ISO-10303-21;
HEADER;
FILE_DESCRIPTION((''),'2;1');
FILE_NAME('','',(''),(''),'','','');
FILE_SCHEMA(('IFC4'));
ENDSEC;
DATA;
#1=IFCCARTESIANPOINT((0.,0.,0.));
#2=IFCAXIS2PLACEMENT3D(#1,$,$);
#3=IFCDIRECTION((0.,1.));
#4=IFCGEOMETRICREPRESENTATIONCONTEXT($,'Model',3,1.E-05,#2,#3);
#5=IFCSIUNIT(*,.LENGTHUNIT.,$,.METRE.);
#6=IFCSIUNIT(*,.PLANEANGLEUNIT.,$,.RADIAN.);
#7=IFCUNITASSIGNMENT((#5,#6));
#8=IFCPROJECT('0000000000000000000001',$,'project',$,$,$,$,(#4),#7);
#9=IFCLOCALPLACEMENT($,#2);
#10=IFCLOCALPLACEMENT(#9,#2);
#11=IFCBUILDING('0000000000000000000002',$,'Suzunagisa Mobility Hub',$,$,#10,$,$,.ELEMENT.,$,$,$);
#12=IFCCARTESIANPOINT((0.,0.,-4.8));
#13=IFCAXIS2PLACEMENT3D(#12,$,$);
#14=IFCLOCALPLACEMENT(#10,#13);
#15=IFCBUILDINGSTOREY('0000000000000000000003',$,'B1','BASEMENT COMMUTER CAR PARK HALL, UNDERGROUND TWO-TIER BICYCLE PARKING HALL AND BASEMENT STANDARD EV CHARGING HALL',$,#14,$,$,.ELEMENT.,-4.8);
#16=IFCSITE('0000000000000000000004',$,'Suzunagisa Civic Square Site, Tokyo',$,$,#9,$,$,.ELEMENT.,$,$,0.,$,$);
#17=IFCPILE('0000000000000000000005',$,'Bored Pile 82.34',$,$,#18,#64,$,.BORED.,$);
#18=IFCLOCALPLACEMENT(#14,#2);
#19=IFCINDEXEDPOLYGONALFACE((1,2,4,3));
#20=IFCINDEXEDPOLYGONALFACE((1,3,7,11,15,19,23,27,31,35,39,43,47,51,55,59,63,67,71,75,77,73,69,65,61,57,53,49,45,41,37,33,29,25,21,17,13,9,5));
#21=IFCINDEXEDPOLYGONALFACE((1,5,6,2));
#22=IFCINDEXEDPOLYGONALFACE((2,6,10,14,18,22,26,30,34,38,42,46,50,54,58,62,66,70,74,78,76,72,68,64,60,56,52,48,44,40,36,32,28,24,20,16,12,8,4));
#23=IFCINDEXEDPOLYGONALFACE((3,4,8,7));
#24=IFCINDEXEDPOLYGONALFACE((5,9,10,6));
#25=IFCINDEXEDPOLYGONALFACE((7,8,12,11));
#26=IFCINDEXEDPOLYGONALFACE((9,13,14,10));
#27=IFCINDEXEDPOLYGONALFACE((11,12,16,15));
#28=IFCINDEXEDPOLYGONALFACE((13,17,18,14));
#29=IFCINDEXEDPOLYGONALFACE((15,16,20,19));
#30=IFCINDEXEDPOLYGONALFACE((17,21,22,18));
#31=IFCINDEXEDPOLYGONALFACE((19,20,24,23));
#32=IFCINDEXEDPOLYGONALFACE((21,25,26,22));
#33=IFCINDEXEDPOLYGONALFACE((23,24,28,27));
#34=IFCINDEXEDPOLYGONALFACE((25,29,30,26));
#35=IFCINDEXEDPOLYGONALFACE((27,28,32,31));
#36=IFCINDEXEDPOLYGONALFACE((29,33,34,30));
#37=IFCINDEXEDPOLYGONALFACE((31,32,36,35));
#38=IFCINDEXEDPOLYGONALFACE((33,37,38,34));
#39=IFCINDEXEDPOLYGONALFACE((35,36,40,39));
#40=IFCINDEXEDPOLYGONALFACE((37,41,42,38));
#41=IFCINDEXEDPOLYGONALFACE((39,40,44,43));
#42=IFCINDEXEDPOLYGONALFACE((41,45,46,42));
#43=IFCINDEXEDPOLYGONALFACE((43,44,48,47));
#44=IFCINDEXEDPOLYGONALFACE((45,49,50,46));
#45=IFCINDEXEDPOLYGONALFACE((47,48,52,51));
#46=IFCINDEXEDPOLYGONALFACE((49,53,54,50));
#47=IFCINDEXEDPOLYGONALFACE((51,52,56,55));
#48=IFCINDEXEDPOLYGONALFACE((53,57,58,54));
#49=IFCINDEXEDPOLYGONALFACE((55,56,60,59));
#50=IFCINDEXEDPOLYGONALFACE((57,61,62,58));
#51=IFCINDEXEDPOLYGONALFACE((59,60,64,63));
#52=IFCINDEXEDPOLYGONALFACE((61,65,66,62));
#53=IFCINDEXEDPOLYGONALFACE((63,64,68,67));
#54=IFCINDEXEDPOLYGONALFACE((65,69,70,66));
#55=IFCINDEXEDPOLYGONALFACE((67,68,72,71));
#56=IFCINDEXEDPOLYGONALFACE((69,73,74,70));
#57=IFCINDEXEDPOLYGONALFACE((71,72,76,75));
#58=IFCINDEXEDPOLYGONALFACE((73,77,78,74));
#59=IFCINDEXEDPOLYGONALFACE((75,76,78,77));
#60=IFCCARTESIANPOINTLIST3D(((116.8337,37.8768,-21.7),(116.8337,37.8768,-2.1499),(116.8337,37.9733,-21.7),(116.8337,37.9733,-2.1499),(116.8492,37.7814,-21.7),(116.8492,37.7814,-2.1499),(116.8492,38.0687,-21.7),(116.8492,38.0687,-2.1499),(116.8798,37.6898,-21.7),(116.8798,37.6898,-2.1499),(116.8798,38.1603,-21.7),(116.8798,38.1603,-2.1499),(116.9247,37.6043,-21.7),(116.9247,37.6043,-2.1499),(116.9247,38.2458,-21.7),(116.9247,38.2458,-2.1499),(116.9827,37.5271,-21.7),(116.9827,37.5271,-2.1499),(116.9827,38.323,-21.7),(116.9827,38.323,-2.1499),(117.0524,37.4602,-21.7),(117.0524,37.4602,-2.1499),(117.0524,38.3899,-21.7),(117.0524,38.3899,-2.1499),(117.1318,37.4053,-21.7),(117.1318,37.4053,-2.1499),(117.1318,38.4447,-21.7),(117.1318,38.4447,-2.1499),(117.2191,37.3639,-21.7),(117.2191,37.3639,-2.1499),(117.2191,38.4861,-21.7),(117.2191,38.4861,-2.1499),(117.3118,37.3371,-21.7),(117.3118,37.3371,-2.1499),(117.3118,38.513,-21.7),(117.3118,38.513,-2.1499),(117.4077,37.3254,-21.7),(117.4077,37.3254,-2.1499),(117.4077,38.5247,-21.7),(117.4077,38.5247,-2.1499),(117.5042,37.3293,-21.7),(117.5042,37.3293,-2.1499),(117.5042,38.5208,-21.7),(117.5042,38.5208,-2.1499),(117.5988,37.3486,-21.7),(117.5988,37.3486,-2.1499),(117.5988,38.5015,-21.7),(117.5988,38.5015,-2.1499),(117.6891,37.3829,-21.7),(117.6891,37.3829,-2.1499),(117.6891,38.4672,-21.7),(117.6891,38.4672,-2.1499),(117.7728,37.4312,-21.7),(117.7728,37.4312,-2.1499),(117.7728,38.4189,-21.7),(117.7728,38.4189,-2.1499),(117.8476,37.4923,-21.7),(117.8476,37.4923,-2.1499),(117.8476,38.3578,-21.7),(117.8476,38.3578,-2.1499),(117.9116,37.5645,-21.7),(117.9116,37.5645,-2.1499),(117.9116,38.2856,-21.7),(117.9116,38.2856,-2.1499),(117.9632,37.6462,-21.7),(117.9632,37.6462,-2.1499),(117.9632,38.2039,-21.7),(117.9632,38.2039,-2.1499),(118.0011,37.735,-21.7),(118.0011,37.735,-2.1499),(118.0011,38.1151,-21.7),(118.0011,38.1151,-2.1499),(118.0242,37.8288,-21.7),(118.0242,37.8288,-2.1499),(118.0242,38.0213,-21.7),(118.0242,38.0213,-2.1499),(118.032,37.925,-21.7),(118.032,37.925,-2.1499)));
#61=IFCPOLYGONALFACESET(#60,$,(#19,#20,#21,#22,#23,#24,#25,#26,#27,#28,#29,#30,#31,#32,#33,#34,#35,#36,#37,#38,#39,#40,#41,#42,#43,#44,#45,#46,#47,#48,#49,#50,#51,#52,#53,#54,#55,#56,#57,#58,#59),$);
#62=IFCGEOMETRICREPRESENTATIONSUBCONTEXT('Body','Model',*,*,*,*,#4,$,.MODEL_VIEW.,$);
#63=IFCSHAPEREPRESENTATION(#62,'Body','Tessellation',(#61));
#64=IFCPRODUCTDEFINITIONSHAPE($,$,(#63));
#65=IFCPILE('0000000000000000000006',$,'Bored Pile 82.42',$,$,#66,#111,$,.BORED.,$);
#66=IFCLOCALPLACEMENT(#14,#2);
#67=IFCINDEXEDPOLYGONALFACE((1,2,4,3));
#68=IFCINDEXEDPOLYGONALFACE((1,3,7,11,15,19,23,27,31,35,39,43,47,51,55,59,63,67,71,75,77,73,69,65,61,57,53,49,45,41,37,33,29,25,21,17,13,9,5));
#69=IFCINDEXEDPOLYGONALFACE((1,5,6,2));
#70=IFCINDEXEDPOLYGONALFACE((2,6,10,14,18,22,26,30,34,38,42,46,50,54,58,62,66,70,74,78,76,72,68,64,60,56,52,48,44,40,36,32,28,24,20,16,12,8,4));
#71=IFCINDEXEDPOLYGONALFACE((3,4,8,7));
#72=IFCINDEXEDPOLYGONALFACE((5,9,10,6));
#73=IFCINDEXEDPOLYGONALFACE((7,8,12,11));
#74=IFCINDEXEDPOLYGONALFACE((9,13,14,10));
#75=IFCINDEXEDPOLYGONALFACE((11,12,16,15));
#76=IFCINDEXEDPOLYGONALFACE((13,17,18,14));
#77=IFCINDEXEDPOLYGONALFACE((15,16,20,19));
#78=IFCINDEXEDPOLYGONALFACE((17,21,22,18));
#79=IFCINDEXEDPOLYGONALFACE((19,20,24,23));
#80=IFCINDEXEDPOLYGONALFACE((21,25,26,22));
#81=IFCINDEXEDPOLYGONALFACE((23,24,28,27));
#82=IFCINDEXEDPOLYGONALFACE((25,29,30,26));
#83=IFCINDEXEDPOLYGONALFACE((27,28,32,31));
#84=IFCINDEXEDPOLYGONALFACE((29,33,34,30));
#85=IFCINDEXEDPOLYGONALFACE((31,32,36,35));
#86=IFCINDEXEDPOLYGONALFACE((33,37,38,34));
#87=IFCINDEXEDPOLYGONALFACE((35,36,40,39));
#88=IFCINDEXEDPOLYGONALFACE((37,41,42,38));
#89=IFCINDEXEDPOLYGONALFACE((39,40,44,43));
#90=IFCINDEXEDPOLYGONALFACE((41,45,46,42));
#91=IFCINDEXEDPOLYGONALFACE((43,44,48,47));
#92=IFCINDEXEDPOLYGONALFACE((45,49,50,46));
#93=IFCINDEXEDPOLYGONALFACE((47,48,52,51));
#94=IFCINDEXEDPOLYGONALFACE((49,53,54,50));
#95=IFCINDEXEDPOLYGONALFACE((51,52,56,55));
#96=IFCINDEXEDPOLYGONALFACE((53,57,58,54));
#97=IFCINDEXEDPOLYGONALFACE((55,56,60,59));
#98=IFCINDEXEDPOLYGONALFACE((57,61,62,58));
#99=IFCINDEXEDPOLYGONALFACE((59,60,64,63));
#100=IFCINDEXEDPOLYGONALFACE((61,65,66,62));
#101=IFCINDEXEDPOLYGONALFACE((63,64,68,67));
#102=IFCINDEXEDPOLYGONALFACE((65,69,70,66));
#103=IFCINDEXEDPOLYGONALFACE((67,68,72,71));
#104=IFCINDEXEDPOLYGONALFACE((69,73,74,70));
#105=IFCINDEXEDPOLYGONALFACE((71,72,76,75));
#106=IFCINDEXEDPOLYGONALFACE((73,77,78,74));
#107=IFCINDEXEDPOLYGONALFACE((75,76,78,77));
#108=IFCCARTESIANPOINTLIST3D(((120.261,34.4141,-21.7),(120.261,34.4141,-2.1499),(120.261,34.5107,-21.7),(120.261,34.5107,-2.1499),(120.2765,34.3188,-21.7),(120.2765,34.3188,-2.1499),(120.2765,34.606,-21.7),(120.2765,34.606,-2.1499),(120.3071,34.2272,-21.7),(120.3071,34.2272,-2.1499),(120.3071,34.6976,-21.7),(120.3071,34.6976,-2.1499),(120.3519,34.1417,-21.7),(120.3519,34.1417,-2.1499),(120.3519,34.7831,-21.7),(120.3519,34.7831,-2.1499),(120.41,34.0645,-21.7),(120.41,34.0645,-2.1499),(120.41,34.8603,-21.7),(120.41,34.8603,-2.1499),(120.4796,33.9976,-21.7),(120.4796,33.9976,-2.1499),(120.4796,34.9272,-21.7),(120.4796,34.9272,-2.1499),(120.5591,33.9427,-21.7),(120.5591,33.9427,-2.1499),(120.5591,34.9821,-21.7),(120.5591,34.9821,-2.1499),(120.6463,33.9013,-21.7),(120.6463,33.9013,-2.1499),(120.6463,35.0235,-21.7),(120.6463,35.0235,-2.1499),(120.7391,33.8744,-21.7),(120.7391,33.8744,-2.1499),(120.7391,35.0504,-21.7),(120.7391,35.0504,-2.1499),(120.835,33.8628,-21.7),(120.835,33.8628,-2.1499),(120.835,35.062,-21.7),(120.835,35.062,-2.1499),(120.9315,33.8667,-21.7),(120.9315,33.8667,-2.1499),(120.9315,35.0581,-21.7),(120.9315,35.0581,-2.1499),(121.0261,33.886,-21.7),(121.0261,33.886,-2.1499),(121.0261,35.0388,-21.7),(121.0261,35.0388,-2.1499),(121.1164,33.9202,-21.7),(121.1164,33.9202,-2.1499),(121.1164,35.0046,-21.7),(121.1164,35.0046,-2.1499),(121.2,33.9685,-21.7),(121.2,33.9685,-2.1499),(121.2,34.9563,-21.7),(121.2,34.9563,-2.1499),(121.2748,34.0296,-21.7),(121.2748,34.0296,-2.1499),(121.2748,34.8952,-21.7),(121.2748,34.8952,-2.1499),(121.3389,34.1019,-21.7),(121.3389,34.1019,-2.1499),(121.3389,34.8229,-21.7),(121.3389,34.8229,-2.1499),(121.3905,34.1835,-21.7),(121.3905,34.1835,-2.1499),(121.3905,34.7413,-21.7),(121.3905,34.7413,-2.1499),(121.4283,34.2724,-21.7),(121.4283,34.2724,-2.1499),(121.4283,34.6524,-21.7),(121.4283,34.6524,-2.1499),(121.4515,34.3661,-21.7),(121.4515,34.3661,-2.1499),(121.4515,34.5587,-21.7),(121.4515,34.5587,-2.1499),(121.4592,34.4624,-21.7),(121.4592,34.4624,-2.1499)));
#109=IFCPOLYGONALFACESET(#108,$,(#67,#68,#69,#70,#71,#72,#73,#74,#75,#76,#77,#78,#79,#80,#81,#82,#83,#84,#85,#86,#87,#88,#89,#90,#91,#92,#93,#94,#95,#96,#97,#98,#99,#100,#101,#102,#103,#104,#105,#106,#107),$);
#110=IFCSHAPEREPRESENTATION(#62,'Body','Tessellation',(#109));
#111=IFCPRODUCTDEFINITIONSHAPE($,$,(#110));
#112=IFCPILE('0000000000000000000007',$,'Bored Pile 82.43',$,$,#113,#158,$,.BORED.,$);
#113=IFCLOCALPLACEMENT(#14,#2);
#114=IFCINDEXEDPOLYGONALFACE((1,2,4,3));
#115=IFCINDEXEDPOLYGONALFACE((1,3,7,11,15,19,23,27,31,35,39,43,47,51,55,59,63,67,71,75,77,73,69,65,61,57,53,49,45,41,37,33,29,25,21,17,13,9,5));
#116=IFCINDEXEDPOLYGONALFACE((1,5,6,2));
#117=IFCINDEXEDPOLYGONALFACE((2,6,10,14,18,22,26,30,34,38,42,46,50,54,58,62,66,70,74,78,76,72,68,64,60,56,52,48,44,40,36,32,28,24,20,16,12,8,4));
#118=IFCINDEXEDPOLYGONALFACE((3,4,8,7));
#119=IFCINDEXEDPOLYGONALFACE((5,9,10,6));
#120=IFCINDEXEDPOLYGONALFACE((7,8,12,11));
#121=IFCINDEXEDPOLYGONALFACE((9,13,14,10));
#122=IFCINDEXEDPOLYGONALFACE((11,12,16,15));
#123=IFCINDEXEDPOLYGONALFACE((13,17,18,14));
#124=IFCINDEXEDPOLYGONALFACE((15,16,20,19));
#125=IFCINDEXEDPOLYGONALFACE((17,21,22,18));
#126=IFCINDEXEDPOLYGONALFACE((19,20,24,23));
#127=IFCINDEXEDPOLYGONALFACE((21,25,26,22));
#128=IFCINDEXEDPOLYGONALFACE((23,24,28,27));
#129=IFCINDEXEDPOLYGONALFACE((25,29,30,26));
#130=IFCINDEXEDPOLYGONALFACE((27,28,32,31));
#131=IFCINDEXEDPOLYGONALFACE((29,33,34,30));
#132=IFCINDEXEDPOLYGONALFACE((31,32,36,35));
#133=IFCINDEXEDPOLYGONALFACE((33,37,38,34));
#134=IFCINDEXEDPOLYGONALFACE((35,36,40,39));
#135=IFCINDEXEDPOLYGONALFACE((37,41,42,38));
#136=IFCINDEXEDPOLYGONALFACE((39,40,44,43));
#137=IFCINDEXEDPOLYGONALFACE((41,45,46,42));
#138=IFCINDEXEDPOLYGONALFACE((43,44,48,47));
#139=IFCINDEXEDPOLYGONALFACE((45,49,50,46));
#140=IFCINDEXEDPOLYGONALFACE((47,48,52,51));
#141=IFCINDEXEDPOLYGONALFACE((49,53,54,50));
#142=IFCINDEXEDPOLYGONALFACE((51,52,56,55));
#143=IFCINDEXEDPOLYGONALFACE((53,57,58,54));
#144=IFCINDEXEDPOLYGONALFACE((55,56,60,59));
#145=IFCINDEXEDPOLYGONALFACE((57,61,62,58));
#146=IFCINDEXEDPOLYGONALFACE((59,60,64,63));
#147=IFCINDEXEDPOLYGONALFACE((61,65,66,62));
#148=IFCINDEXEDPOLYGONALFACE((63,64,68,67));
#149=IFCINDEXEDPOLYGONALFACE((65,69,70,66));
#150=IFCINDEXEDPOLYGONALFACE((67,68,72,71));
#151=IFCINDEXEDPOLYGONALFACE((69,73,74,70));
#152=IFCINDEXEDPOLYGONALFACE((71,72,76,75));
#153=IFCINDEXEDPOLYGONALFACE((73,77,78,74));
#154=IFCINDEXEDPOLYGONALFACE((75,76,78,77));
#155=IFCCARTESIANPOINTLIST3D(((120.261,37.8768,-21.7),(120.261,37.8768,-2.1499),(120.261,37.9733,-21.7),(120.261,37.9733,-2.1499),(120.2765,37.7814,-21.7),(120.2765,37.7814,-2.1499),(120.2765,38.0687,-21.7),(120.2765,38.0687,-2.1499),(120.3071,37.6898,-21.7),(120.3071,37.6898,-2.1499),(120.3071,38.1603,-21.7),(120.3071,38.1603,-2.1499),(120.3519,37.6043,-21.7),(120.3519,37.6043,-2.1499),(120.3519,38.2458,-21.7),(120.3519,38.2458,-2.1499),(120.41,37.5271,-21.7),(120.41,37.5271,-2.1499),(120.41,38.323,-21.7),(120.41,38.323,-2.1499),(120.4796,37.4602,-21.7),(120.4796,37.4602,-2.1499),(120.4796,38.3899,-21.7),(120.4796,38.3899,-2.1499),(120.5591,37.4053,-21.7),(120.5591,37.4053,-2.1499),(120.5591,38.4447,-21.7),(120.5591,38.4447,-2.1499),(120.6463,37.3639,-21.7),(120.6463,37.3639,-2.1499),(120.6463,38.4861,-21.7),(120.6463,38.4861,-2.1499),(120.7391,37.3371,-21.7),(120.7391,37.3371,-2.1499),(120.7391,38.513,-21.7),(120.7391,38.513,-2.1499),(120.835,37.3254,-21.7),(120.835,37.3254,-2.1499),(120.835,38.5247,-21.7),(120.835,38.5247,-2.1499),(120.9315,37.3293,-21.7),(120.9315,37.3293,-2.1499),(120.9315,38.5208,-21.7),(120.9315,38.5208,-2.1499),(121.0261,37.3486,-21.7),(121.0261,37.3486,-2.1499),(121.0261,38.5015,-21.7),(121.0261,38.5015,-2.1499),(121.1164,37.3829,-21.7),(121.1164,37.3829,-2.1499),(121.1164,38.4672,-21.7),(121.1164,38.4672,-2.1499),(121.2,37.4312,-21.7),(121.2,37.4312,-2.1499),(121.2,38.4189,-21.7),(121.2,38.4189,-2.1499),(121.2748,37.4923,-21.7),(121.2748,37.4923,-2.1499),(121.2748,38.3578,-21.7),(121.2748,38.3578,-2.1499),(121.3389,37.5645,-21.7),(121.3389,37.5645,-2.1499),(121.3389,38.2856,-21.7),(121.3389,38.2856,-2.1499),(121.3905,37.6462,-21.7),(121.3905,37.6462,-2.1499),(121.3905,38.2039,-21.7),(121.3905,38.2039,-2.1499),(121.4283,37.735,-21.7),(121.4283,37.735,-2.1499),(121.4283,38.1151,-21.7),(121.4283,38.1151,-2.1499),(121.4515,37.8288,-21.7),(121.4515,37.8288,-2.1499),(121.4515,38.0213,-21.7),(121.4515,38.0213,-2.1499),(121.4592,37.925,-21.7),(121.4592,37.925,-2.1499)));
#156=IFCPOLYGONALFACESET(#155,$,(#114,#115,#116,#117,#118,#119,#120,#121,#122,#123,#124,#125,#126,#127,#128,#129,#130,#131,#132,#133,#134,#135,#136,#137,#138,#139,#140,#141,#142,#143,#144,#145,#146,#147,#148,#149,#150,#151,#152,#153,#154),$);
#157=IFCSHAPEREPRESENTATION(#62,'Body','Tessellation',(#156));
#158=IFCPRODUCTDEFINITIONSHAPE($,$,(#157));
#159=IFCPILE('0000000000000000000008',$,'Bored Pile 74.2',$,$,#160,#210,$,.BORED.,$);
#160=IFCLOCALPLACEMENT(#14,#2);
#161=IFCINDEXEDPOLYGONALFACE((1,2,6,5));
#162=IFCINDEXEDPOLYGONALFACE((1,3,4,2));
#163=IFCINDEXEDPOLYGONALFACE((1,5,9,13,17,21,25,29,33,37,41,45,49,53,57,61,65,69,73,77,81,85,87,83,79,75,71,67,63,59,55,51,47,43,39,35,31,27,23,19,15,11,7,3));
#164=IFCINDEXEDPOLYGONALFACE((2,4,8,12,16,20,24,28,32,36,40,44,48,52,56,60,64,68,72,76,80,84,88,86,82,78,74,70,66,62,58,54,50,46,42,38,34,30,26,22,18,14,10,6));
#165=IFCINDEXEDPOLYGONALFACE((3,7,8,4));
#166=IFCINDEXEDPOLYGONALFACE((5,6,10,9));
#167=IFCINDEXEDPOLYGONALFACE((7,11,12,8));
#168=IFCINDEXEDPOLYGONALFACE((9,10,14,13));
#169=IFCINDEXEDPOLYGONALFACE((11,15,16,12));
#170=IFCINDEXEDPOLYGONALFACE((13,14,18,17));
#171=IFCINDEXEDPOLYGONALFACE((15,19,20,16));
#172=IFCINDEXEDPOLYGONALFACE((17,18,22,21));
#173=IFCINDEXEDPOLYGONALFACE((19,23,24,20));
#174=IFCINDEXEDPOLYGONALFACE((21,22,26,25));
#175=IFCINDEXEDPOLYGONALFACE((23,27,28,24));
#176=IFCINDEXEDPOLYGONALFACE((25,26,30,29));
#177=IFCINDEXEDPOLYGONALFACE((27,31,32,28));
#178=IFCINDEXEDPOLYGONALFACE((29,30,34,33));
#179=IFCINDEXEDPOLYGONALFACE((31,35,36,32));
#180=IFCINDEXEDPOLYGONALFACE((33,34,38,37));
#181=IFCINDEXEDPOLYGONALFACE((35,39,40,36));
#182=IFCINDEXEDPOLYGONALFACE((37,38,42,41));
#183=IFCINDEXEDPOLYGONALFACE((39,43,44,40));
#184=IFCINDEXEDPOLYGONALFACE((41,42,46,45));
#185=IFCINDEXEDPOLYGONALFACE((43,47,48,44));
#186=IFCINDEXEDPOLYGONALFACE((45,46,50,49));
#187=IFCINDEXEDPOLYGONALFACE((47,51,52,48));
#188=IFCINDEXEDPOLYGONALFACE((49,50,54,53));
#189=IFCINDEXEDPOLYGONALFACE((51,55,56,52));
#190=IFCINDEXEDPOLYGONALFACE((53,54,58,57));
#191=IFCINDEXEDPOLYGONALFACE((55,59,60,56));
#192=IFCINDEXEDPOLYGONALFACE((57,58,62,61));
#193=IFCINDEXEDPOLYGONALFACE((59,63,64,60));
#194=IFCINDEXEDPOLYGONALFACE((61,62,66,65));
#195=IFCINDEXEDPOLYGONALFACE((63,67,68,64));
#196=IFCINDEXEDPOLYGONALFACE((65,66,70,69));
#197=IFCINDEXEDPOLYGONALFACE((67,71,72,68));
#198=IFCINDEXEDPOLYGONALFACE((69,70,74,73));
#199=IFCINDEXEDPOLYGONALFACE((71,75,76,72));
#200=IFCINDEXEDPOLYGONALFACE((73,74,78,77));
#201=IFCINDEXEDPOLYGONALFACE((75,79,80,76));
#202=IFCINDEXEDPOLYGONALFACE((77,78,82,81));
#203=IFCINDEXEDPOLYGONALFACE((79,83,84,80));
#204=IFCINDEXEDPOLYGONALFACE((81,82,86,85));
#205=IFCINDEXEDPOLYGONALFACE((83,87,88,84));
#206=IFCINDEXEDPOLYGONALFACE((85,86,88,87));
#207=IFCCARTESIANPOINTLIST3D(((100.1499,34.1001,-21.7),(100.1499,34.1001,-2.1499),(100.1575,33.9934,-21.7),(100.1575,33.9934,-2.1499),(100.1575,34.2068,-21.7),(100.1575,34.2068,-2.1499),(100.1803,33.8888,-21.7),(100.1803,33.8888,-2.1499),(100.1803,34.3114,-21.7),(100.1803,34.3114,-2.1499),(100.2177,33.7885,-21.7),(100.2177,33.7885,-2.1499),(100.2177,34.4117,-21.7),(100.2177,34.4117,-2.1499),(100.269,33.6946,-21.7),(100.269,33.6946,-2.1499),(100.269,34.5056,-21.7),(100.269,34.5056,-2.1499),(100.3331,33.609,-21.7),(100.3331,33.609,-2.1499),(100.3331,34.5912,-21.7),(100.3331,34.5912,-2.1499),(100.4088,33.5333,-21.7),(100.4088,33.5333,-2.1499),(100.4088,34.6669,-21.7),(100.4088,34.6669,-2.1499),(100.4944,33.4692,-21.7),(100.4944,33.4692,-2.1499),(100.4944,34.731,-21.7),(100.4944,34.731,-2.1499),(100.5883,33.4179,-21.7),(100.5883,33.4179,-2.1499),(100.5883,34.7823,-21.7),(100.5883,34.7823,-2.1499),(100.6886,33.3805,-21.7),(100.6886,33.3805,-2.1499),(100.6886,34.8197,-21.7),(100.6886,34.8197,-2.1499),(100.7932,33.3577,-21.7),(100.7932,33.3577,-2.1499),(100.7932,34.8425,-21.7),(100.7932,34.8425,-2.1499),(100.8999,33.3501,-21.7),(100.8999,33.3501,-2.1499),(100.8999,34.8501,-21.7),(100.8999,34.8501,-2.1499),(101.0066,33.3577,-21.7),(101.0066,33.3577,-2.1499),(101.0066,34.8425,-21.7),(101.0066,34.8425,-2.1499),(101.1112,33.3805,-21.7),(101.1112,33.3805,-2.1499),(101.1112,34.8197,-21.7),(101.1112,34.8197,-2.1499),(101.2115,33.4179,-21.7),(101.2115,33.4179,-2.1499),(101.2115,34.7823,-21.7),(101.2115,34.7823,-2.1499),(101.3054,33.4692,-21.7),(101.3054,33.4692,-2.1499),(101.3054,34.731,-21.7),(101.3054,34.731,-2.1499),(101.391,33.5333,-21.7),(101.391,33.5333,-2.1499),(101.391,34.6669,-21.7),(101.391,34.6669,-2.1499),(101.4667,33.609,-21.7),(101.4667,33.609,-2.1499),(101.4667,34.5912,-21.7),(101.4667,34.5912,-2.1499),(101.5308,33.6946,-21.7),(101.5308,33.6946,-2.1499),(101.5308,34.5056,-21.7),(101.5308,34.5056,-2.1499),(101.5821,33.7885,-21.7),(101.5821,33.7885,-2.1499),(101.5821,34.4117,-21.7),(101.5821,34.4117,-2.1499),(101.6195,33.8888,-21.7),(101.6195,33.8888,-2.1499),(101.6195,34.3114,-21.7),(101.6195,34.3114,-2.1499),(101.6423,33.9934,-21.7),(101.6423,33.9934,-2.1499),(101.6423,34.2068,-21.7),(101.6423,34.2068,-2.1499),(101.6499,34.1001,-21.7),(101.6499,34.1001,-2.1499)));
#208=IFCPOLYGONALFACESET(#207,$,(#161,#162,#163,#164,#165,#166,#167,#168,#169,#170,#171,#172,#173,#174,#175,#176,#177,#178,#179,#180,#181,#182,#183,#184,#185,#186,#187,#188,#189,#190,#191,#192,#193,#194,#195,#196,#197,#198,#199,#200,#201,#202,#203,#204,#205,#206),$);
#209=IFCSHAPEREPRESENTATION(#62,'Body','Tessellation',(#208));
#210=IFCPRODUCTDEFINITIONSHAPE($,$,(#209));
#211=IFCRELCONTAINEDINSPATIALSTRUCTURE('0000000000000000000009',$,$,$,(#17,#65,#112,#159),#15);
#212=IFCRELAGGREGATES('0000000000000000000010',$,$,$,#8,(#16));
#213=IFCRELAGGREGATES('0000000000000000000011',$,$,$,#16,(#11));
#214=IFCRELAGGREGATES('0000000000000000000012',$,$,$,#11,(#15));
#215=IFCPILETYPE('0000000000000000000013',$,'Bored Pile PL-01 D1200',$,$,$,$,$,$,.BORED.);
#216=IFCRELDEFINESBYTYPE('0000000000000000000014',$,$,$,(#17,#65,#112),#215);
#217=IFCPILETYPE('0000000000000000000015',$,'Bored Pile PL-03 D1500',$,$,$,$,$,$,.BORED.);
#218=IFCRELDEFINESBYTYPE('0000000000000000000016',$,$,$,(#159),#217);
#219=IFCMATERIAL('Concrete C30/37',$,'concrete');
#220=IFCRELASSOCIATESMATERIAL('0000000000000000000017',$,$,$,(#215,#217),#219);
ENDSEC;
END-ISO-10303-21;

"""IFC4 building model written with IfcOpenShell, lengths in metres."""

from ifc_helpers import new_model, si_unit, direction, frame, origin, origin_2d, place, context, subcontext, project, spatial, circle, extrude, material, material_profile, profile_set, type_object, element, save


model = new_model("IFC4")

# Units and contexts
model_context = context("Model", 3, precision=1e-05, world=origin(), true_north=direction((0.0, 1.0)))
body_context = subcontext(model_context, "Body", "Model", "MODEL_VIEW")
ifc_project = project(units=[si_unit("LENGTHUNIT", "METRE"), si_unit("PLANEANGLEUNIT", "RADIAN")], contexts=[model_context])

# Site, building, storey
site_placement = place(None, origin())
site = spatial("IfcSite", under=ifc_project, at=site_placement, Name="Suzunagisa Civic Square Site, Tokyo", CompositionType="ELEMENT", RefElevation=0.0)
building_placement = place(site_placement, origin())
building = spatial("IfcBuilding", under=site, at=building_placement, Name="Suzunagisa Mobility Hub", CompositionType="ELEMENT")
storey_placement = place(building_placement, frame((0.0, 0.0, -4.8)))
storey = spatial("IfcBuildingStorey", under=building, at=storey_placement, Name="B1", Description="BASEMENT COMMUTER CAR PARK HALL, UNDERGROUND TWO-TIER BICYCLE PARKING HALL AND BASEMENT STANDARD EV CHARGING HALL", CompositionType="ELEMENT", Elevation=-4.8)

# Piles
ifc_material_1 = material(Name="Concrete C30/37", Category="concrete")
ifc_material_profile_1 = material_profile(ifc_material_1, circle(Radius=0.6001, at=origin_2d()), Name="BORED PILE D1200")
ifc_profile_set_1 = profile_set([ifc_material_profile_1], Name="Concrete C30/37")
pile_type_1 = type_object("IfcPileType", Name="Bored Pile PL-01 D1200", PredefinedType="BORED", material=ifc_profile_set_1)
for number, where, z_axis, x_axis, name in (
    (1, (117.4319, 37.925, -2.1499), (0.0, 0.0, -1.0), (1.0, 0.0, 0.0), "Bored Pile 82.34"),
    (2, (120.8591, 34.4624, -2.1499), (0.0, 0.0, -1.0), (1.0, 0.0, 0.0), "Bored Pile 82.42"),
    (3, (120.8591, 37.925, -2.1499), (0.0, 0.0, -1.0), (1.0, 0.0, 0.0), "Bored Pile 82.43"),
):
    element("IfcPile", number, at=place(storey_placement, frame(where, z_axis=z_axis, x_axis=x_axis)), inside=storey, type_object=pile_type_1, Name=name, PredefinedType="BORED", context=body_context, shape_type="SweptSolid", body=[
        extrude(circle(Radius=0.6001, at=origin_2d()), origin(), (0.0, 0.0, 1.0), 19.55),
    ])
ifc_material_profile_2 = material_profile(ifc_material_1, circle(Radius=0.75, at=origin_2d()), Name="BORED PILE D1500")
ifc_profile_set_2 = profile_set([ifc_material_profile_2], Name="Concrete C30/37")
pile_type_2 = type_object("IfcPileType", Name="Bored Pile PL-03 D1500", PredefinedType="BORED", material=ifc_profile_set_2)
for number, where, z_axis, x_axis, name in (
    (4, (100.8999, 34.1001, -2.1499), (0.0, 0.0, -1.0), (1.0, 0.0, 0.0), "Bored Pile 74.2"),
):
    element("IfcPile", number, at=place(storey_placement, frame(where, z_axis=z_axis, x_axis=x_axis)), inside=storey, type_object=pile_type_2, Name=name, PredefinedType="BORED", context=body_context, shape_type="SweptSolid", body=[
        extrude(circle(Radius=0.75, at=origin_2d()), origin(), (0.0, 0.0, 1.0), 19.55),
    ])

save(model, "model.ifc")
